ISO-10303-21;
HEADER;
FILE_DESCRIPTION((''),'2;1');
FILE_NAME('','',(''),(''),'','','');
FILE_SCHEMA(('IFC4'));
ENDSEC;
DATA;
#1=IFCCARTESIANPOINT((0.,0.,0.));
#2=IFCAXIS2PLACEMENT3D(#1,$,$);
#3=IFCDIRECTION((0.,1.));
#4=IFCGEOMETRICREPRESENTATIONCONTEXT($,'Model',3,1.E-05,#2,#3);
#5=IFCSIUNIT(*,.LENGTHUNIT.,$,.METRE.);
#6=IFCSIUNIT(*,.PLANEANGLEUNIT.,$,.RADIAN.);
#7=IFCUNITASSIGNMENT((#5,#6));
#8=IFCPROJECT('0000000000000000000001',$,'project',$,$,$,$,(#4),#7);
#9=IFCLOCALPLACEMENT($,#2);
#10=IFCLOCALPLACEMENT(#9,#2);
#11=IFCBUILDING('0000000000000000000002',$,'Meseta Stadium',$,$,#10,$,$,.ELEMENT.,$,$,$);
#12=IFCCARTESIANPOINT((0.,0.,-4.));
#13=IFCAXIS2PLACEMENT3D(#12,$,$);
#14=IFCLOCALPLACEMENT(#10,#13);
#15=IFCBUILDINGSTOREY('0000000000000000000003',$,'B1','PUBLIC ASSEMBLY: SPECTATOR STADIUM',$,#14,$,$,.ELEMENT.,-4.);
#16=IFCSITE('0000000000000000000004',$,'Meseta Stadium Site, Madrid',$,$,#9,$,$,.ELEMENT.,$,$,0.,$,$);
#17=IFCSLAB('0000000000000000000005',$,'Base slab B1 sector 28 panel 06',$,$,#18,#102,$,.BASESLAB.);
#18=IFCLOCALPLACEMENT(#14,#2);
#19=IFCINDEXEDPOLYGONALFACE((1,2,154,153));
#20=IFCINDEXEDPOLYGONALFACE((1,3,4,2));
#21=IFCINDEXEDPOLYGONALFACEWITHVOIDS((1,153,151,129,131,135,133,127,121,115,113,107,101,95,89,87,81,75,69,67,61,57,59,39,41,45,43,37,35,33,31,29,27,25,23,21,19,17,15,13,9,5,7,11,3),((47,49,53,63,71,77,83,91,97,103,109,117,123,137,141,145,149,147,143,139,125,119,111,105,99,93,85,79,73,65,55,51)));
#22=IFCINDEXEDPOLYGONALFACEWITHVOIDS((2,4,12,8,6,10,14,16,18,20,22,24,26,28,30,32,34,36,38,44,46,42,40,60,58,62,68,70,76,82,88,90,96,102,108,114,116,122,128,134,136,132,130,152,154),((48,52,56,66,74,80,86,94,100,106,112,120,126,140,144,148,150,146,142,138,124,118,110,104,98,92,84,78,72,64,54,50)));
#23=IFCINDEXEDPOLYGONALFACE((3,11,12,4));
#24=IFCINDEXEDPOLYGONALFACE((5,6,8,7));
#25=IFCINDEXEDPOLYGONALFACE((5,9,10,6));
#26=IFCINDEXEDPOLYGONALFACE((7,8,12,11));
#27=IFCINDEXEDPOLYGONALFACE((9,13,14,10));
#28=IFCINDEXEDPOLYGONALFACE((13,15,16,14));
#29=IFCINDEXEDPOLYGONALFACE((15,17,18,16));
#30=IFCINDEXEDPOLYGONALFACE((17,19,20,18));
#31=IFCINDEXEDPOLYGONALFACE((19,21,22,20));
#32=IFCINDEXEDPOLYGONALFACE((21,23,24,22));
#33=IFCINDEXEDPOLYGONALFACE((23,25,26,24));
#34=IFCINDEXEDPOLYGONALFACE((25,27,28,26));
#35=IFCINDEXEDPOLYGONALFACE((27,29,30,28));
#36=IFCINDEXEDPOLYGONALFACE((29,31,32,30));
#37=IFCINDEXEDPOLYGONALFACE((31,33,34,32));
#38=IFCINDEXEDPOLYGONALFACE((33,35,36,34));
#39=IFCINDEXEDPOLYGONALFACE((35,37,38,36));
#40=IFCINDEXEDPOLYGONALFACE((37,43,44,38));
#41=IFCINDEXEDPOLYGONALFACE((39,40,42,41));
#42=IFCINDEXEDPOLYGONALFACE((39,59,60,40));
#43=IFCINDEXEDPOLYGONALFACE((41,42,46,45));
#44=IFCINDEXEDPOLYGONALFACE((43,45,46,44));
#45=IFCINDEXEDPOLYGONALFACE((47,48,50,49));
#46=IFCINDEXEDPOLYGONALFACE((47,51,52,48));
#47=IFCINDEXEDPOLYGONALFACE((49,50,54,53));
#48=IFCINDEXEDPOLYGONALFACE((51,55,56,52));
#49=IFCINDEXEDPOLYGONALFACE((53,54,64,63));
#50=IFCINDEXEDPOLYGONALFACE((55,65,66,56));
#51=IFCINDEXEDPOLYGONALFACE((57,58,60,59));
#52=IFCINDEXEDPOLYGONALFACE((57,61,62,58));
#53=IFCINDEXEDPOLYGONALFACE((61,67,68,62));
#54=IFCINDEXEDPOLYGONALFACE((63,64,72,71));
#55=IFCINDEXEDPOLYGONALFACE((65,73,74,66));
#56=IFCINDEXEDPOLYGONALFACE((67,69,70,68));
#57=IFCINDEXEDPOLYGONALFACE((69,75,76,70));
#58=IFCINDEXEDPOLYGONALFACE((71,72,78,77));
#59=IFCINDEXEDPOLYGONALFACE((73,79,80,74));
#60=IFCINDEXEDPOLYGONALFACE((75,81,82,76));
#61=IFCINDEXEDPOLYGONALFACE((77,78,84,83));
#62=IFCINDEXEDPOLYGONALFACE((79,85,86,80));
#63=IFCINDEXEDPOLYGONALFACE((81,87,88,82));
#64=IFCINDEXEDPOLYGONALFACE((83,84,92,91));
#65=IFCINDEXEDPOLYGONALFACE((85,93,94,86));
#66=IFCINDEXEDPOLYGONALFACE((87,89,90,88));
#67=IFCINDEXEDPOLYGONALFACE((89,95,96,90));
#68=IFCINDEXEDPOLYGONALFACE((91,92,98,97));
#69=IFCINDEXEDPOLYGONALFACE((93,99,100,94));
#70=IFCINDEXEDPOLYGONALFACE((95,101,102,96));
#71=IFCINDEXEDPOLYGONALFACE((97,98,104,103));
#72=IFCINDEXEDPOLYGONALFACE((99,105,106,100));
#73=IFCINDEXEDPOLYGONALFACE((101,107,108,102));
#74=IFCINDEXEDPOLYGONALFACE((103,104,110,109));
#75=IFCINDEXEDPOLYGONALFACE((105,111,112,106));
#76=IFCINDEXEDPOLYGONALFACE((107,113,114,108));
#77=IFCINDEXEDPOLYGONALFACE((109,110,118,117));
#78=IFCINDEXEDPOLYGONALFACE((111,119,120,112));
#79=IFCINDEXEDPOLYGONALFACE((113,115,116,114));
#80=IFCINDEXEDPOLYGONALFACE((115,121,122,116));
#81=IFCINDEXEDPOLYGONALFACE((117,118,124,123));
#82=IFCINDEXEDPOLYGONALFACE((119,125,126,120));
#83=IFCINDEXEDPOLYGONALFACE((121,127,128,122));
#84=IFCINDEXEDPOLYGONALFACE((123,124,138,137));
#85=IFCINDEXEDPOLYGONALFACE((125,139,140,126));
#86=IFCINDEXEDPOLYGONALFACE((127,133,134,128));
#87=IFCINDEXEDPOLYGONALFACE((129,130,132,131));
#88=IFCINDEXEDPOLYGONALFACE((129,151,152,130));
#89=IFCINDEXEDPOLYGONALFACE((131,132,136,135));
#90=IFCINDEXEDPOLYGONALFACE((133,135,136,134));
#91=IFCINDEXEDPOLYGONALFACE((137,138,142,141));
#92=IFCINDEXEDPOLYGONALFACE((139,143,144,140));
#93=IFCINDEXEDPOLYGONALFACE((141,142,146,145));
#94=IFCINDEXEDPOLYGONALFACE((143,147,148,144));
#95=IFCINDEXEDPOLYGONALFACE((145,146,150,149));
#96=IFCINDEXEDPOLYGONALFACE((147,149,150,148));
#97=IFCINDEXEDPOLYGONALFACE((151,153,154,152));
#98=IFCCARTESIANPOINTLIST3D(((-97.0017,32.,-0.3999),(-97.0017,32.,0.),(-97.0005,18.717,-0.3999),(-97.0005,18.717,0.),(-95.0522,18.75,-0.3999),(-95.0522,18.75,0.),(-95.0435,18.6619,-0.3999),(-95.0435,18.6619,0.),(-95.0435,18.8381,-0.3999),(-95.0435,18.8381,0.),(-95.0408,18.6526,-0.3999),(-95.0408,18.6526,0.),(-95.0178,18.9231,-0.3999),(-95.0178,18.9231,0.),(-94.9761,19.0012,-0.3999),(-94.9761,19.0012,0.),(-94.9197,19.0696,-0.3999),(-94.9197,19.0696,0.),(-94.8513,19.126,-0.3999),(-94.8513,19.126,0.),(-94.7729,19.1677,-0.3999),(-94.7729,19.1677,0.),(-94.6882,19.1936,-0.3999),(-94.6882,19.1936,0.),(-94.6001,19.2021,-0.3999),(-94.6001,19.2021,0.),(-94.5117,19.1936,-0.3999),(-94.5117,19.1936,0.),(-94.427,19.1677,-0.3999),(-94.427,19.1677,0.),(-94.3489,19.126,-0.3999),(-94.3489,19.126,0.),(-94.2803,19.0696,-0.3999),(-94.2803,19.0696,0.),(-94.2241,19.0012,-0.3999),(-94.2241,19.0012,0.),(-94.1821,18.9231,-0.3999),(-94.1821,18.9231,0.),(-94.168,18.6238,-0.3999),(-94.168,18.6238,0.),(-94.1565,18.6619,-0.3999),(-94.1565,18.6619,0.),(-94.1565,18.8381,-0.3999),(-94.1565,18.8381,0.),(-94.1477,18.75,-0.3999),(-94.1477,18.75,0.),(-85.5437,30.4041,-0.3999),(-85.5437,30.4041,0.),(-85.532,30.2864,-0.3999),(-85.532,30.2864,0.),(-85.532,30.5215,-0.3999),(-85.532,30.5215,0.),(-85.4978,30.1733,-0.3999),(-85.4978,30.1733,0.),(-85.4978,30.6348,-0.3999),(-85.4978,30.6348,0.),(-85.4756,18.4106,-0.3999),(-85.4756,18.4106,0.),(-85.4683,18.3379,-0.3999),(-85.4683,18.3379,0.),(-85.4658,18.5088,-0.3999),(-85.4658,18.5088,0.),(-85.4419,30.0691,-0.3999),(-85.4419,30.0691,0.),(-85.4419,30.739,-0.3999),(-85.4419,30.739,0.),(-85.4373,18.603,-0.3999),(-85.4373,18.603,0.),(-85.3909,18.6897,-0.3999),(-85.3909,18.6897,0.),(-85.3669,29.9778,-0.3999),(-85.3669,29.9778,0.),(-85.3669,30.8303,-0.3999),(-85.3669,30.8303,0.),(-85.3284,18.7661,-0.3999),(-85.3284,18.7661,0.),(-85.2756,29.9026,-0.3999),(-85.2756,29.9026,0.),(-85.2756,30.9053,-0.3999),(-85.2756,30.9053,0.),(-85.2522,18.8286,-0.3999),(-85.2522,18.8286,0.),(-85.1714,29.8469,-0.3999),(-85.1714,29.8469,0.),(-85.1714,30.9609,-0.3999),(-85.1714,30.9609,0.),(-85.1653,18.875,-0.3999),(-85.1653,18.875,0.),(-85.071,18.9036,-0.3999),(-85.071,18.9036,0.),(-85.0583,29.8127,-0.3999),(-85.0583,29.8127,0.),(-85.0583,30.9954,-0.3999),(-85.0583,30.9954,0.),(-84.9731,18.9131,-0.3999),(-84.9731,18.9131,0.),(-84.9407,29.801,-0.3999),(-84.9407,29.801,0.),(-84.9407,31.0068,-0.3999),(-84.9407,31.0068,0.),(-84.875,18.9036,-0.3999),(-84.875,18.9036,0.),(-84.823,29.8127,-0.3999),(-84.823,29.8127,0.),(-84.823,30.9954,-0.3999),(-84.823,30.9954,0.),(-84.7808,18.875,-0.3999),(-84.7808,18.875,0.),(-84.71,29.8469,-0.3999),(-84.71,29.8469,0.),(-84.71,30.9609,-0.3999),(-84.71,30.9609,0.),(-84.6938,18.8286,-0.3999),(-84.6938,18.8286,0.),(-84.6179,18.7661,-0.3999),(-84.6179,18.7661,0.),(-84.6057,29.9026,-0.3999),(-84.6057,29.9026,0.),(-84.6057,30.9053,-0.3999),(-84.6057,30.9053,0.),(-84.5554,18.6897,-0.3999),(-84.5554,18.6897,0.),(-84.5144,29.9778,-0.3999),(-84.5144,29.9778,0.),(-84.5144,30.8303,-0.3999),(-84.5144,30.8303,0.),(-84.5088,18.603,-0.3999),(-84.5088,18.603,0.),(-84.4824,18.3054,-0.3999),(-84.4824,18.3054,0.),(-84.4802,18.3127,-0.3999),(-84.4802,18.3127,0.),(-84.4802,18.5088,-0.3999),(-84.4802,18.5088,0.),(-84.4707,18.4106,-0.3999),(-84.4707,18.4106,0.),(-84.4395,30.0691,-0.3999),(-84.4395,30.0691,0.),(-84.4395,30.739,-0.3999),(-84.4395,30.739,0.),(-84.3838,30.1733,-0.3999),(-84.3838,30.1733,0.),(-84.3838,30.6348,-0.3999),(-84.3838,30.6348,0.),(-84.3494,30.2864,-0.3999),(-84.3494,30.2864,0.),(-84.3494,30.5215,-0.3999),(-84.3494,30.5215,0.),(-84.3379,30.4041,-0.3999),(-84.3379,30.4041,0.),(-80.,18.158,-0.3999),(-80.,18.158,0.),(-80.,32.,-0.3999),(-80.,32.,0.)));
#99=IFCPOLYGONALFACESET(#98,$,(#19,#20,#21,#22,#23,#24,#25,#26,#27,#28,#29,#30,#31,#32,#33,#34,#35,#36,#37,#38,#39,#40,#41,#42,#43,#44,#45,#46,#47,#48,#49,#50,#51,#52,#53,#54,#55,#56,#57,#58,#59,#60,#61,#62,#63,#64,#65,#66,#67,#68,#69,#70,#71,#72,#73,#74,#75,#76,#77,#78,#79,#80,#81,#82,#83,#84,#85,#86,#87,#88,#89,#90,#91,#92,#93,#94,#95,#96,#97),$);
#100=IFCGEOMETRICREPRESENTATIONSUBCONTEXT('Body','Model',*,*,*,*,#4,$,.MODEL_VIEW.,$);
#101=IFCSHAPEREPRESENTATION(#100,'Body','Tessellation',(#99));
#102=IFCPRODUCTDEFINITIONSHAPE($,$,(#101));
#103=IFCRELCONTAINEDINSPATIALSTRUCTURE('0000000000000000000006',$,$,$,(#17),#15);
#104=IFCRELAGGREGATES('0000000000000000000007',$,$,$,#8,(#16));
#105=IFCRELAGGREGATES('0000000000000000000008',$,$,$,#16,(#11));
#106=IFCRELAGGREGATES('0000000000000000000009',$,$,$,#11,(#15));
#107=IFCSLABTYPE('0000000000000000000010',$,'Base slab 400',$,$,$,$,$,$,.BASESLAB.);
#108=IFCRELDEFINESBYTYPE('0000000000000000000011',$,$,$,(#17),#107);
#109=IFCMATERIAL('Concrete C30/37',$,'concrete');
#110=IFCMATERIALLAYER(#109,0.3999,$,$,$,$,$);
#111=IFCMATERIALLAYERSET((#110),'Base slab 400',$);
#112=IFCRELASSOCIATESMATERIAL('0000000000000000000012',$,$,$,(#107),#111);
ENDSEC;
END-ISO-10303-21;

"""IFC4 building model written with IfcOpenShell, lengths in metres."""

from ifc_helpers import new_model, si_unit, direction, frame, origin, place, context, subcontext, project, spatial, polyline, outline, extrude, material, layer, layer_set, type_object, element, save


model = new_model("IFC4")

# Units and contexts
model_context = context("Model", 3, precision=1e-05, world=origin(), true_north=direction((0.0, 1.0)))
body_context = subcontext(model_context, "Body", "Model", "MODEL_VIEW")
ifc_project = project(units=[si_unit("LENGTHUNIT", "METRE"), si_unit("PLANEANGLEUNIT", "RADIAN")], contexts=[model_context])

# Site, building, storey
site_placement = place(None, origin())
site = spatial("IfcSite", under=ifc_project, at=site_placement, Name="Meseta Stadium Site, Madrid", CompositionType="ELEMENT", RefElevation=0.0)
building_placement = place(site_placement, origin())
building = spatial("IfcBuilding", under=site, at=building_placement, Name="Meseta Stadium", CompositionType="ELEMENT")
storey_placement = place(building_placement, frame((0.0, 0.0, -4.0)))
storey = spatial("IfcBuildingStorey", under=building, at=storey_placement, Name="B1", Description="PUBLIC ASSEMBLY: SPECTATOR STADIUM", CompositionType="ELEMENT", Elevation=-4.0)

# Slab
ifc_material = material(Name="Concrete C30/37", Category="concrete")
ifc_layer = layer(ifc_material, 0.3999)
ifc_layer_set = layer_set([ifc_layer], Name="Base slab 400")
slab_type = type_object("IfcSlabType", Name="Base slab 400", PredefinedType="BASESLAB", material=ifc_layer_set)
slab_1_placement = place(storey_placement, frame((0.0, 0.0, -0.3999)))
element("IfcSlab", 1, at=slab_1_placement, inside=storey, type_object=slab_type, Name="Base slab B1 sector 28 panel 06", PredefinedType="BASESLAB", context=body_context, shape_type="SweptSolid", body=[
    extrude(outline(polyline([(-84.4824, 18.3054), (-80.0, 18.158), (-80.0, 32.0), (-97.0017, 32.0), (-97.0005, 18.717), (-95.0408, 18.6526), (-95.0435, 18.6619), (-95.0522, 18.75), (-95.0435, 18.8381), (-95.0178, 18.9231), (-94.9761, 19.0012), (-94.9197, 19.0696), (-94.8513, 19.126), (-94.7729, 19.1677), (-94.6882, 19.1936), (-94.6001, 19.2021), (-94.5117, 19.1936), (-94.427, 19.1677), (-94.3489, 19.126), (-94.2803, 19.0696), (-94.2241, 19.0012), (-94.1821, 18.9231), (-94.1565, 18.8381), (-94.1477, 18.75), (-94.1565, 18.6619), (-94.168, 18.6238), (-85.4683, 18.3379), (-85.4756, 18.4106), (-85.4658, 18.5088), (-85.4373, 18.603), (-85.3909, 18.6897), (-85.3284, 18.7661), (-85.2522, 18.8286), (-85.1653, 18.875), (-85.071, 18.9036), (-84.9731, 18.9131), (-84.875, 18.9036), (-84.7808, 18.875), (-84.6938, 18.8286), (-84.6179, 18.7661), (-84.5554, 18.6897), (-84.5088, 18.603), (-84.4802, 18.5088), (-84.4707, 18.4106), (-84.4802, 18.3127), (-84.4824, 18.3054)]), holes=[polyline([(-85.5437, 30.4041), (-85.532, 30.5215), (-85.4978, 30.6348), (-85.4419, 30.739), (-85.3669, 30.8303), (-85.2756, 30.9053), (-85.1714, 30.9609), (-85.0583, 30.9954), (-84.9407, 31.0068), (-84.823, 30.9954), (-84.71, 30.9609), (-84.6057, 30.9053), (-84.5144, 30.8303), (-84.4395, 30.739), (-84.3838, 30.6348), (-84.3494, 30.5215), (-84.3379, 30.4041), (-84.3494, 30.2864), (-84.3838, 30.1733), (-84.4395, 30.0691), (-84.5144, 29.9778), (-84.6057, 29.9026), (-84.71, 29.8469), (-84.823, 29.8127), (-84.9407, 29.801), (-85.0583, 29.8127), (-85.1714, 29.8469), (-85.2756, 29.9026), (-85.3669, 29.9778), (-85.4419, 30.0691), (-85.4978, 30.1733), (-85.532, 30.2864), (-85.5437, 30.4041)])]), origin(), (0.0, 0.0, 1.0), 0.3999),
])

save(model, "model.ifc")
